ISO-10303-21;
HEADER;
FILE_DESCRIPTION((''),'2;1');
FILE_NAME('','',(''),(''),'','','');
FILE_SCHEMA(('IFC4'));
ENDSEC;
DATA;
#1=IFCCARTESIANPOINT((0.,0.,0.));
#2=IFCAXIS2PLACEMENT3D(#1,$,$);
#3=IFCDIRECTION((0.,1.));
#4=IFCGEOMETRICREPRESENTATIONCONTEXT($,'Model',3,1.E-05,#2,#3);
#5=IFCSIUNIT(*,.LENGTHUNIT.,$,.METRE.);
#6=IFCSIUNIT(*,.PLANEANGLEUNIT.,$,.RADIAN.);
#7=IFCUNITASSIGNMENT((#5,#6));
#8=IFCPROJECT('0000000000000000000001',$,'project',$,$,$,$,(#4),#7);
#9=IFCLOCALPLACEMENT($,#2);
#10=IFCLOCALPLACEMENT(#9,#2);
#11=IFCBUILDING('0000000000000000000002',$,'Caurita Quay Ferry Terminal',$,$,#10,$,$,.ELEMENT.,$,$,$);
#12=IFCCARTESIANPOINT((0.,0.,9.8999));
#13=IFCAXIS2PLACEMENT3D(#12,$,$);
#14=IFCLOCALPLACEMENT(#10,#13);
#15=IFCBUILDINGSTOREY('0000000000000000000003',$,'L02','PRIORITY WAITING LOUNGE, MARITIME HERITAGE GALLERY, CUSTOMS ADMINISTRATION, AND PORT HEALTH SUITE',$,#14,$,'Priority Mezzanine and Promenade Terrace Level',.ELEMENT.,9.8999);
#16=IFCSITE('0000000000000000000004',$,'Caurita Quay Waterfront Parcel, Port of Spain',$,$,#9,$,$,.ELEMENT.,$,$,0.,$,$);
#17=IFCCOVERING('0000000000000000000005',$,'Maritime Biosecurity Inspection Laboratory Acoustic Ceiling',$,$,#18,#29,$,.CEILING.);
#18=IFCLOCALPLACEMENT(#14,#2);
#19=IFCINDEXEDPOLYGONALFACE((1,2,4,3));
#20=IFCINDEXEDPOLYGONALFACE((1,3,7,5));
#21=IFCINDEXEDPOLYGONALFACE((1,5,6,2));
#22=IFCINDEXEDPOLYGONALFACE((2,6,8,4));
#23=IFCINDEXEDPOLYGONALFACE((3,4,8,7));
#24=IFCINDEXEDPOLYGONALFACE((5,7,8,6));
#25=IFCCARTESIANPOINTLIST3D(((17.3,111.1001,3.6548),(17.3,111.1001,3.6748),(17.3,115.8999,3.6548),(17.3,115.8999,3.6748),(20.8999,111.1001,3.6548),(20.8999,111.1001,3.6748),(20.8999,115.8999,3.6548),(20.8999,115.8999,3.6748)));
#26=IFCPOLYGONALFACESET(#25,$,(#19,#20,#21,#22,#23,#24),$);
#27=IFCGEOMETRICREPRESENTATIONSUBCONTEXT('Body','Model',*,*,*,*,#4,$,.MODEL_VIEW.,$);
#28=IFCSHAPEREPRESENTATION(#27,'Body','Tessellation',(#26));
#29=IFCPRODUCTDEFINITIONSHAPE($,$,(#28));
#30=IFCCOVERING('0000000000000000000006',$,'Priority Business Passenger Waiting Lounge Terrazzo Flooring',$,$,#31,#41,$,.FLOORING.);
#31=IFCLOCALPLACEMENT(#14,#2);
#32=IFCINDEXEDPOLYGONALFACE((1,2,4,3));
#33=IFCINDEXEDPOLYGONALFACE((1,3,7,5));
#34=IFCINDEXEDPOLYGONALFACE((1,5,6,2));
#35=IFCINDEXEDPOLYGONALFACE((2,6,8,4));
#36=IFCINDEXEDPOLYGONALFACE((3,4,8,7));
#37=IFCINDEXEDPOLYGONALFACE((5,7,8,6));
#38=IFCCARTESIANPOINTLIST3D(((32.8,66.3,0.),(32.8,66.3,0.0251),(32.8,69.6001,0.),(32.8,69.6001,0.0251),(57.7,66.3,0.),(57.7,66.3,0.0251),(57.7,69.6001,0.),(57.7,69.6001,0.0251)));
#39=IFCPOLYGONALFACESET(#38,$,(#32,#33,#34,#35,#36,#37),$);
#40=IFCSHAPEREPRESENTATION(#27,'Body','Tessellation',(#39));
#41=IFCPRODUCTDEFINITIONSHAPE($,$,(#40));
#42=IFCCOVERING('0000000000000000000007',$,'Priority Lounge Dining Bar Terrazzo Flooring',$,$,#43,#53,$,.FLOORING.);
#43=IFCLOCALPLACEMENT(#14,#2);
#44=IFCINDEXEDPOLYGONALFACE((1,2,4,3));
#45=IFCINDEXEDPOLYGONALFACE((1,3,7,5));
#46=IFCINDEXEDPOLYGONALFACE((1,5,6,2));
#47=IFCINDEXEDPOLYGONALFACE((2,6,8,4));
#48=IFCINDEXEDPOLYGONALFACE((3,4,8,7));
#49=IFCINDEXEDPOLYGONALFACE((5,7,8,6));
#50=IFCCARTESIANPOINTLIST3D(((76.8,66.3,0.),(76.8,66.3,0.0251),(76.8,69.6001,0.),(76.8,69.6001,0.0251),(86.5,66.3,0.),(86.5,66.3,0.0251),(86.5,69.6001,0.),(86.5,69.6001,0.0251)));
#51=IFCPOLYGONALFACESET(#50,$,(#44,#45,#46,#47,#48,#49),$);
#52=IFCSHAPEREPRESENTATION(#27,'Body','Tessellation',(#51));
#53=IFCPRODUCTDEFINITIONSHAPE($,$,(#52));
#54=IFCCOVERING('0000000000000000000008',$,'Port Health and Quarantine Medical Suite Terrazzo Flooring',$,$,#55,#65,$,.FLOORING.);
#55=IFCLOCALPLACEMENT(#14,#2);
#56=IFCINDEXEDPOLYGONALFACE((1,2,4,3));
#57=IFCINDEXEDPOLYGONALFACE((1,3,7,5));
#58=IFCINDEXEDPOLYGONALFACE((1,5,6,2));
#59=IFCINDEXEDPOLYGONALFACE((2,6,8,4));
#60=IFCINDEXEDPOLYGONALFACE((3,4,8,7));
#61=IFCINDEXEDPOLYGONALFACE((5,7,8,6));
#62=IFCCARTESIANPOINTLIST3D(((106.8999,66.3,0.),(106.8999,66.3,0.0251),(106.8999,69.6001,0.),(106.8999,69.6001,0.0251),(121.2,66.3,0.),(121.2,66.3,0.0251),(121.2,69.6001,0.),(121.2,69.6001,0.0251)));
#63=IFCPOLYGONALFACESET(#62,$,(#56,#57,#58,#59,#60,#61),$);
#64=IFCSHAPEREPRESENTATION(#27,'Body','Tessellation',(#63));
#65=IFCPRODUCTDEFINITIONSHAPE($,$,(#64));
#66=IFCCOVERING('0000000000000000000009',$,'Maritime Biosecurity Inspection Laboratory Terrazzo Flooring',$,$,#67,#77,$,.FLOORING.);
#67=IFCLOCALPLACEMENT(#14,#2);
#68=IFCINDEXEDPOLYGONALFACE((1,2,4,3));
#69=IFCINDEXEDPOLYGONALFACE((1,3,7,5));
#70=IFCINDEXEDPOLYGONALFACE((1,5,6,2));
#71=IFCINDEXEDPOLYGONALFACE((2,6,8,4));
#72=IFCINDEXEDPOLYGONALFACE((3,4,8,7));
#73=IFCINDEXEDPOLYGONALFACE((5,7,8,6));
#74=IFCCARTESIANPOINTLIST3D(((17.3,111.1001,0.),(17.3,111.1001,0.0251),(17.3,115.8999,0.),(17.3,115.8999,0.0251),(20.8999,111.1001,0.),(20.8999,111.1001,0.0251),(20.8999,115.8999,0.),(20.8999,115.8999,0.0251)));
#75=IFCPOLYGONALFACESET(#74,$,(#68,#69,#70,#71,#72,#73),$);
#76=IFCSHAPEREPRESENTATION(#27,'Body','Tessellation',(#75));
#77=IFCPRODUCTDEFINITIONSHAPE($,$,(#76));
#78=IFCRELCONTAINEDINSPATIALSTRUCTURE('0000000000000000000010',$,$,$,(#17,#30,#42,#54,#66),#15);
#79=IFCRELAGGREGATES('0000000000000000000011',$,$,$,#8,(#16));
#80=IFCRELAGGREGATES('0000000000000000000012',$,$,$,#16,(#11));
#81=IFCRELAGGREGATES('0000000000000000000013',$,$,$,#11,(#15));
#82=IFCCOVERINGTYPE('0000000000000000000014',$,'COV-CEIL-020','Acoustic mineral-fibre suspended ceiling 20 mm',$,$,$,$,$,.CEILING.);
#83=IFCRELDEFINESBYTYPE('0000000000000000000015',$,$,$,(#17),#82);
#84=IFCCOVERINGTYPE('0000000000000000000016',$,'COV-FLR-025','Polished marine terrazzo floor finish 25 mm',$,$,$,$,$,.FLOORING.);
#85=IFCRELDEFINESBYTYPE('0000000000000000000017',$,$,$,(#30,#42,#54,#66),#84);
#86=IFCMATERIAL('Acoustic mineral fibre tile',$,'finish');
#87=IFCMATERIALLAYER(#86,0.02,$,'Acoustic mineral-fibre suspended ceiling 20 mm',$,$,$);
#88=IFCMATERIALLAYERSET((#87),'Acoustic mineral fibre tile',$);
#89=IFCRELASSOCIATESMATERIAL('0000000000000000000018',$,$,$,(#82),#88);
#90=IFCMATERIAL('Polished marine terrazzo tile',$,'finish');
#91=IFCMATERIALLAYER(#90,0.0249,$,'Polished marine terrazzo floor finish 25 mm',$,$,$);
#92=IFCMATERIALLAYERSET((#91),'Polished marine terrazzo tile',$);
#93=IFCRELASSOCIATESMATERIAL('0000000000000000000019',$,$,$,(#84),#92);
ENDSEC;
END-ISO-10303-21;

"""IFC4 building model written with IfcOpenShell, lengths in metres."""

from ifc_helpers import new_model, si_unit, direction, frame, origin, place, context, subcontext, project, spatial, polyline, outline, extrude, material, layer, layer_set, type_object, element, save


model = new_model("IFC4")

# Units and contexts
model_context = context("Model", 3, precision=1e-05, world=origin(), true_north=direction((0.0, 1.0)))
body_context = subcontext(model_context, "Body", "Model", "MODEL_VIEW")
ifc_project = project(units=[si_unit("LENGTHUNIT", "METRE"), si_unit("PLANEANGLEUNIT", "RADIAN")], contexts=[model_context])

# Site, building, storey
site_placement = place(None, origin())
site = spatial("IfcSite", under=ifc_project, at=site_placement, Name="Caurita Quay Waterfront Parcel, Port of Spain", CompositionType="ELEMENT", RefElevation=0.0)
building_placement = place(site_placement, origin())
building = spatial("IfcBuilding", under=site, at=building_placement, Name="Caurita Quay Ferry Terminal", CompositionType="ELEMENT")
storey_placement = place(building_placement, frame((0.0, 0.0, 9.8999)))
storey = spatial("IfcBuildingStorey", under=building, at=storey_placement, Name="L02", Description="PRIORITY WAITING LOUNGE, MARITIME HERITAGE GALLERY, CUSTOMS ADMINISTRATION, AND PORT HEALTH SUITE", LongName="Priority Mezzanine and Promenade Terrace Level", CompositionType="ELEMENT", Elevation=9.8999)

# Coverings
ifc_material_1 = material(Name="Acoustic mineral fibre tile", Category="finish")
ifc_layer_1 = layer(ifc_material_1, 0.02, Name="Acoustic mineral-fibre suspended ceiling 20 mm")
ifc_layer_set_1 = layer_set([ifc_layer_1], Name="Acoustic mineral fibre tile")
covering_type_1 = type_object("IfcCoveringType", Name="COV-CEIL-020", Description="Acoustic mineral-fibre suspended ceiling 20 mm", PredefinedType="CEILING", material=ifc_layer_set_1)
covering_1_placement = place(storey_placement, frame((0.0, 0.0, 3.6548)))
element("IfcCovering", 1, at=covering_1_placement, inside=storey, type_object=covering_type_1, Name="Maritime Biosecurity Inspection Laboratory Acoustic Ceiling", PredefinedType="CEILING", context=body_context, shape_type="SweptSolid", body=[
    extrude(outline(polyline([(17.3, 111.1001), (20.8999, 111.1001), (20.8999, 115.8999), (17.3, 115.8999), (17.3, 111.1001)])), origin(), (0.0, 0.0, 1.0), 0.02),
])
ifc_material_2 = material(Name="Polished marine terrazzo tile", Category="finish")
ifc_layer_2 = layer(ifc_material_2, 0.0249, Name="Polished marine terrazzo floor finish 25 mm")
ifc_layer_set_2 = layer_set([ifc_layer_2], Name="Polished marine terrazzo tile")
covering_type_2 = type_object("IfcCoveringType", Name="COV-FLR-025", Description="Polished marine terrazzo floor finish 25 mm", PredefinedType="FLOORING", material=ifc_layer_set_2)
covering_2_placement = place(storey_placement, origin())
element("IfcCovering", 2, at=covering_2_placement, inside=storey, type_object=covering_type_2, Name="Priority Business Passenger Waiting Lounge Terrazzo Flooring", PredefinedType="FLOORING", context=body_context, shape_type="SweptSolid", body=[
    extrude(outline(polyline([(32.8, 66.3), (57.7, 66.3), (57.7, 69.6001), (32.8, 69.6001), (32.8, 66.3)])), origin(), (0.0, 0.0, 1.0), 0.0251),
])
covering_3_placement = place(storey_placement, origin())
element("IfcCovering", 3, at=covering_3_placement, inside=storey, type_object=covering_type_2, Name="Priority Lounge Dining Bar Terrazzo Flooring", PredefinedType="FLOORING", context=body_context, shape_type="SweptSolid", body=[
    extrude(outline(polyline([(76.8, 66.3), (86.5, 66.3), (86.5, 69.6001), (76.8, 69.6001), (76.8, 66.3)])), origin(), (0.0, 0.0, 1.0), 0.0251),
])
covering_4_placement = place(storey_placement, origin())
element("IfcCovering", 4, at=covering_4_placement, inside=storey, type_object=covering_type_2, Name="Port Health and Quarantine Medical Suite Terrazzo Flooring", PredefinedType="FLOORING", context=body_context, shape_type="SweptSolid", body=[
    extrude(outline(polyline([(106.8999, 66.3), (121.2, 66.3), (121.2, 69.6001), (106.8999, 69.6001), (106.8999, 66.3)])), origin(), (0.0, 0.0, 1.0), 0.0251),
])
covering_5_placement = place(storey_placement, origin())
element("IfcCovering", 5, at=covering_5_placement, inside=storey, type_object=covering_type_2, Name="Maritime Biosecurity Inspection Laboratory Terrazzo Flooring", PredefinedType="FLOORING", context=body_context, shape_type="SweptSolid", body=[
    extrude(outline(polyline([(17.3, 111.1001), (20.8999, 111.1001), (20.8999, 115.8999), (17.3, 115.8999), (17.3, 111.1001)])), origin(), (0.0, 0.0, 1.0), 0.0251),
])

save(model, "model.ifc")
